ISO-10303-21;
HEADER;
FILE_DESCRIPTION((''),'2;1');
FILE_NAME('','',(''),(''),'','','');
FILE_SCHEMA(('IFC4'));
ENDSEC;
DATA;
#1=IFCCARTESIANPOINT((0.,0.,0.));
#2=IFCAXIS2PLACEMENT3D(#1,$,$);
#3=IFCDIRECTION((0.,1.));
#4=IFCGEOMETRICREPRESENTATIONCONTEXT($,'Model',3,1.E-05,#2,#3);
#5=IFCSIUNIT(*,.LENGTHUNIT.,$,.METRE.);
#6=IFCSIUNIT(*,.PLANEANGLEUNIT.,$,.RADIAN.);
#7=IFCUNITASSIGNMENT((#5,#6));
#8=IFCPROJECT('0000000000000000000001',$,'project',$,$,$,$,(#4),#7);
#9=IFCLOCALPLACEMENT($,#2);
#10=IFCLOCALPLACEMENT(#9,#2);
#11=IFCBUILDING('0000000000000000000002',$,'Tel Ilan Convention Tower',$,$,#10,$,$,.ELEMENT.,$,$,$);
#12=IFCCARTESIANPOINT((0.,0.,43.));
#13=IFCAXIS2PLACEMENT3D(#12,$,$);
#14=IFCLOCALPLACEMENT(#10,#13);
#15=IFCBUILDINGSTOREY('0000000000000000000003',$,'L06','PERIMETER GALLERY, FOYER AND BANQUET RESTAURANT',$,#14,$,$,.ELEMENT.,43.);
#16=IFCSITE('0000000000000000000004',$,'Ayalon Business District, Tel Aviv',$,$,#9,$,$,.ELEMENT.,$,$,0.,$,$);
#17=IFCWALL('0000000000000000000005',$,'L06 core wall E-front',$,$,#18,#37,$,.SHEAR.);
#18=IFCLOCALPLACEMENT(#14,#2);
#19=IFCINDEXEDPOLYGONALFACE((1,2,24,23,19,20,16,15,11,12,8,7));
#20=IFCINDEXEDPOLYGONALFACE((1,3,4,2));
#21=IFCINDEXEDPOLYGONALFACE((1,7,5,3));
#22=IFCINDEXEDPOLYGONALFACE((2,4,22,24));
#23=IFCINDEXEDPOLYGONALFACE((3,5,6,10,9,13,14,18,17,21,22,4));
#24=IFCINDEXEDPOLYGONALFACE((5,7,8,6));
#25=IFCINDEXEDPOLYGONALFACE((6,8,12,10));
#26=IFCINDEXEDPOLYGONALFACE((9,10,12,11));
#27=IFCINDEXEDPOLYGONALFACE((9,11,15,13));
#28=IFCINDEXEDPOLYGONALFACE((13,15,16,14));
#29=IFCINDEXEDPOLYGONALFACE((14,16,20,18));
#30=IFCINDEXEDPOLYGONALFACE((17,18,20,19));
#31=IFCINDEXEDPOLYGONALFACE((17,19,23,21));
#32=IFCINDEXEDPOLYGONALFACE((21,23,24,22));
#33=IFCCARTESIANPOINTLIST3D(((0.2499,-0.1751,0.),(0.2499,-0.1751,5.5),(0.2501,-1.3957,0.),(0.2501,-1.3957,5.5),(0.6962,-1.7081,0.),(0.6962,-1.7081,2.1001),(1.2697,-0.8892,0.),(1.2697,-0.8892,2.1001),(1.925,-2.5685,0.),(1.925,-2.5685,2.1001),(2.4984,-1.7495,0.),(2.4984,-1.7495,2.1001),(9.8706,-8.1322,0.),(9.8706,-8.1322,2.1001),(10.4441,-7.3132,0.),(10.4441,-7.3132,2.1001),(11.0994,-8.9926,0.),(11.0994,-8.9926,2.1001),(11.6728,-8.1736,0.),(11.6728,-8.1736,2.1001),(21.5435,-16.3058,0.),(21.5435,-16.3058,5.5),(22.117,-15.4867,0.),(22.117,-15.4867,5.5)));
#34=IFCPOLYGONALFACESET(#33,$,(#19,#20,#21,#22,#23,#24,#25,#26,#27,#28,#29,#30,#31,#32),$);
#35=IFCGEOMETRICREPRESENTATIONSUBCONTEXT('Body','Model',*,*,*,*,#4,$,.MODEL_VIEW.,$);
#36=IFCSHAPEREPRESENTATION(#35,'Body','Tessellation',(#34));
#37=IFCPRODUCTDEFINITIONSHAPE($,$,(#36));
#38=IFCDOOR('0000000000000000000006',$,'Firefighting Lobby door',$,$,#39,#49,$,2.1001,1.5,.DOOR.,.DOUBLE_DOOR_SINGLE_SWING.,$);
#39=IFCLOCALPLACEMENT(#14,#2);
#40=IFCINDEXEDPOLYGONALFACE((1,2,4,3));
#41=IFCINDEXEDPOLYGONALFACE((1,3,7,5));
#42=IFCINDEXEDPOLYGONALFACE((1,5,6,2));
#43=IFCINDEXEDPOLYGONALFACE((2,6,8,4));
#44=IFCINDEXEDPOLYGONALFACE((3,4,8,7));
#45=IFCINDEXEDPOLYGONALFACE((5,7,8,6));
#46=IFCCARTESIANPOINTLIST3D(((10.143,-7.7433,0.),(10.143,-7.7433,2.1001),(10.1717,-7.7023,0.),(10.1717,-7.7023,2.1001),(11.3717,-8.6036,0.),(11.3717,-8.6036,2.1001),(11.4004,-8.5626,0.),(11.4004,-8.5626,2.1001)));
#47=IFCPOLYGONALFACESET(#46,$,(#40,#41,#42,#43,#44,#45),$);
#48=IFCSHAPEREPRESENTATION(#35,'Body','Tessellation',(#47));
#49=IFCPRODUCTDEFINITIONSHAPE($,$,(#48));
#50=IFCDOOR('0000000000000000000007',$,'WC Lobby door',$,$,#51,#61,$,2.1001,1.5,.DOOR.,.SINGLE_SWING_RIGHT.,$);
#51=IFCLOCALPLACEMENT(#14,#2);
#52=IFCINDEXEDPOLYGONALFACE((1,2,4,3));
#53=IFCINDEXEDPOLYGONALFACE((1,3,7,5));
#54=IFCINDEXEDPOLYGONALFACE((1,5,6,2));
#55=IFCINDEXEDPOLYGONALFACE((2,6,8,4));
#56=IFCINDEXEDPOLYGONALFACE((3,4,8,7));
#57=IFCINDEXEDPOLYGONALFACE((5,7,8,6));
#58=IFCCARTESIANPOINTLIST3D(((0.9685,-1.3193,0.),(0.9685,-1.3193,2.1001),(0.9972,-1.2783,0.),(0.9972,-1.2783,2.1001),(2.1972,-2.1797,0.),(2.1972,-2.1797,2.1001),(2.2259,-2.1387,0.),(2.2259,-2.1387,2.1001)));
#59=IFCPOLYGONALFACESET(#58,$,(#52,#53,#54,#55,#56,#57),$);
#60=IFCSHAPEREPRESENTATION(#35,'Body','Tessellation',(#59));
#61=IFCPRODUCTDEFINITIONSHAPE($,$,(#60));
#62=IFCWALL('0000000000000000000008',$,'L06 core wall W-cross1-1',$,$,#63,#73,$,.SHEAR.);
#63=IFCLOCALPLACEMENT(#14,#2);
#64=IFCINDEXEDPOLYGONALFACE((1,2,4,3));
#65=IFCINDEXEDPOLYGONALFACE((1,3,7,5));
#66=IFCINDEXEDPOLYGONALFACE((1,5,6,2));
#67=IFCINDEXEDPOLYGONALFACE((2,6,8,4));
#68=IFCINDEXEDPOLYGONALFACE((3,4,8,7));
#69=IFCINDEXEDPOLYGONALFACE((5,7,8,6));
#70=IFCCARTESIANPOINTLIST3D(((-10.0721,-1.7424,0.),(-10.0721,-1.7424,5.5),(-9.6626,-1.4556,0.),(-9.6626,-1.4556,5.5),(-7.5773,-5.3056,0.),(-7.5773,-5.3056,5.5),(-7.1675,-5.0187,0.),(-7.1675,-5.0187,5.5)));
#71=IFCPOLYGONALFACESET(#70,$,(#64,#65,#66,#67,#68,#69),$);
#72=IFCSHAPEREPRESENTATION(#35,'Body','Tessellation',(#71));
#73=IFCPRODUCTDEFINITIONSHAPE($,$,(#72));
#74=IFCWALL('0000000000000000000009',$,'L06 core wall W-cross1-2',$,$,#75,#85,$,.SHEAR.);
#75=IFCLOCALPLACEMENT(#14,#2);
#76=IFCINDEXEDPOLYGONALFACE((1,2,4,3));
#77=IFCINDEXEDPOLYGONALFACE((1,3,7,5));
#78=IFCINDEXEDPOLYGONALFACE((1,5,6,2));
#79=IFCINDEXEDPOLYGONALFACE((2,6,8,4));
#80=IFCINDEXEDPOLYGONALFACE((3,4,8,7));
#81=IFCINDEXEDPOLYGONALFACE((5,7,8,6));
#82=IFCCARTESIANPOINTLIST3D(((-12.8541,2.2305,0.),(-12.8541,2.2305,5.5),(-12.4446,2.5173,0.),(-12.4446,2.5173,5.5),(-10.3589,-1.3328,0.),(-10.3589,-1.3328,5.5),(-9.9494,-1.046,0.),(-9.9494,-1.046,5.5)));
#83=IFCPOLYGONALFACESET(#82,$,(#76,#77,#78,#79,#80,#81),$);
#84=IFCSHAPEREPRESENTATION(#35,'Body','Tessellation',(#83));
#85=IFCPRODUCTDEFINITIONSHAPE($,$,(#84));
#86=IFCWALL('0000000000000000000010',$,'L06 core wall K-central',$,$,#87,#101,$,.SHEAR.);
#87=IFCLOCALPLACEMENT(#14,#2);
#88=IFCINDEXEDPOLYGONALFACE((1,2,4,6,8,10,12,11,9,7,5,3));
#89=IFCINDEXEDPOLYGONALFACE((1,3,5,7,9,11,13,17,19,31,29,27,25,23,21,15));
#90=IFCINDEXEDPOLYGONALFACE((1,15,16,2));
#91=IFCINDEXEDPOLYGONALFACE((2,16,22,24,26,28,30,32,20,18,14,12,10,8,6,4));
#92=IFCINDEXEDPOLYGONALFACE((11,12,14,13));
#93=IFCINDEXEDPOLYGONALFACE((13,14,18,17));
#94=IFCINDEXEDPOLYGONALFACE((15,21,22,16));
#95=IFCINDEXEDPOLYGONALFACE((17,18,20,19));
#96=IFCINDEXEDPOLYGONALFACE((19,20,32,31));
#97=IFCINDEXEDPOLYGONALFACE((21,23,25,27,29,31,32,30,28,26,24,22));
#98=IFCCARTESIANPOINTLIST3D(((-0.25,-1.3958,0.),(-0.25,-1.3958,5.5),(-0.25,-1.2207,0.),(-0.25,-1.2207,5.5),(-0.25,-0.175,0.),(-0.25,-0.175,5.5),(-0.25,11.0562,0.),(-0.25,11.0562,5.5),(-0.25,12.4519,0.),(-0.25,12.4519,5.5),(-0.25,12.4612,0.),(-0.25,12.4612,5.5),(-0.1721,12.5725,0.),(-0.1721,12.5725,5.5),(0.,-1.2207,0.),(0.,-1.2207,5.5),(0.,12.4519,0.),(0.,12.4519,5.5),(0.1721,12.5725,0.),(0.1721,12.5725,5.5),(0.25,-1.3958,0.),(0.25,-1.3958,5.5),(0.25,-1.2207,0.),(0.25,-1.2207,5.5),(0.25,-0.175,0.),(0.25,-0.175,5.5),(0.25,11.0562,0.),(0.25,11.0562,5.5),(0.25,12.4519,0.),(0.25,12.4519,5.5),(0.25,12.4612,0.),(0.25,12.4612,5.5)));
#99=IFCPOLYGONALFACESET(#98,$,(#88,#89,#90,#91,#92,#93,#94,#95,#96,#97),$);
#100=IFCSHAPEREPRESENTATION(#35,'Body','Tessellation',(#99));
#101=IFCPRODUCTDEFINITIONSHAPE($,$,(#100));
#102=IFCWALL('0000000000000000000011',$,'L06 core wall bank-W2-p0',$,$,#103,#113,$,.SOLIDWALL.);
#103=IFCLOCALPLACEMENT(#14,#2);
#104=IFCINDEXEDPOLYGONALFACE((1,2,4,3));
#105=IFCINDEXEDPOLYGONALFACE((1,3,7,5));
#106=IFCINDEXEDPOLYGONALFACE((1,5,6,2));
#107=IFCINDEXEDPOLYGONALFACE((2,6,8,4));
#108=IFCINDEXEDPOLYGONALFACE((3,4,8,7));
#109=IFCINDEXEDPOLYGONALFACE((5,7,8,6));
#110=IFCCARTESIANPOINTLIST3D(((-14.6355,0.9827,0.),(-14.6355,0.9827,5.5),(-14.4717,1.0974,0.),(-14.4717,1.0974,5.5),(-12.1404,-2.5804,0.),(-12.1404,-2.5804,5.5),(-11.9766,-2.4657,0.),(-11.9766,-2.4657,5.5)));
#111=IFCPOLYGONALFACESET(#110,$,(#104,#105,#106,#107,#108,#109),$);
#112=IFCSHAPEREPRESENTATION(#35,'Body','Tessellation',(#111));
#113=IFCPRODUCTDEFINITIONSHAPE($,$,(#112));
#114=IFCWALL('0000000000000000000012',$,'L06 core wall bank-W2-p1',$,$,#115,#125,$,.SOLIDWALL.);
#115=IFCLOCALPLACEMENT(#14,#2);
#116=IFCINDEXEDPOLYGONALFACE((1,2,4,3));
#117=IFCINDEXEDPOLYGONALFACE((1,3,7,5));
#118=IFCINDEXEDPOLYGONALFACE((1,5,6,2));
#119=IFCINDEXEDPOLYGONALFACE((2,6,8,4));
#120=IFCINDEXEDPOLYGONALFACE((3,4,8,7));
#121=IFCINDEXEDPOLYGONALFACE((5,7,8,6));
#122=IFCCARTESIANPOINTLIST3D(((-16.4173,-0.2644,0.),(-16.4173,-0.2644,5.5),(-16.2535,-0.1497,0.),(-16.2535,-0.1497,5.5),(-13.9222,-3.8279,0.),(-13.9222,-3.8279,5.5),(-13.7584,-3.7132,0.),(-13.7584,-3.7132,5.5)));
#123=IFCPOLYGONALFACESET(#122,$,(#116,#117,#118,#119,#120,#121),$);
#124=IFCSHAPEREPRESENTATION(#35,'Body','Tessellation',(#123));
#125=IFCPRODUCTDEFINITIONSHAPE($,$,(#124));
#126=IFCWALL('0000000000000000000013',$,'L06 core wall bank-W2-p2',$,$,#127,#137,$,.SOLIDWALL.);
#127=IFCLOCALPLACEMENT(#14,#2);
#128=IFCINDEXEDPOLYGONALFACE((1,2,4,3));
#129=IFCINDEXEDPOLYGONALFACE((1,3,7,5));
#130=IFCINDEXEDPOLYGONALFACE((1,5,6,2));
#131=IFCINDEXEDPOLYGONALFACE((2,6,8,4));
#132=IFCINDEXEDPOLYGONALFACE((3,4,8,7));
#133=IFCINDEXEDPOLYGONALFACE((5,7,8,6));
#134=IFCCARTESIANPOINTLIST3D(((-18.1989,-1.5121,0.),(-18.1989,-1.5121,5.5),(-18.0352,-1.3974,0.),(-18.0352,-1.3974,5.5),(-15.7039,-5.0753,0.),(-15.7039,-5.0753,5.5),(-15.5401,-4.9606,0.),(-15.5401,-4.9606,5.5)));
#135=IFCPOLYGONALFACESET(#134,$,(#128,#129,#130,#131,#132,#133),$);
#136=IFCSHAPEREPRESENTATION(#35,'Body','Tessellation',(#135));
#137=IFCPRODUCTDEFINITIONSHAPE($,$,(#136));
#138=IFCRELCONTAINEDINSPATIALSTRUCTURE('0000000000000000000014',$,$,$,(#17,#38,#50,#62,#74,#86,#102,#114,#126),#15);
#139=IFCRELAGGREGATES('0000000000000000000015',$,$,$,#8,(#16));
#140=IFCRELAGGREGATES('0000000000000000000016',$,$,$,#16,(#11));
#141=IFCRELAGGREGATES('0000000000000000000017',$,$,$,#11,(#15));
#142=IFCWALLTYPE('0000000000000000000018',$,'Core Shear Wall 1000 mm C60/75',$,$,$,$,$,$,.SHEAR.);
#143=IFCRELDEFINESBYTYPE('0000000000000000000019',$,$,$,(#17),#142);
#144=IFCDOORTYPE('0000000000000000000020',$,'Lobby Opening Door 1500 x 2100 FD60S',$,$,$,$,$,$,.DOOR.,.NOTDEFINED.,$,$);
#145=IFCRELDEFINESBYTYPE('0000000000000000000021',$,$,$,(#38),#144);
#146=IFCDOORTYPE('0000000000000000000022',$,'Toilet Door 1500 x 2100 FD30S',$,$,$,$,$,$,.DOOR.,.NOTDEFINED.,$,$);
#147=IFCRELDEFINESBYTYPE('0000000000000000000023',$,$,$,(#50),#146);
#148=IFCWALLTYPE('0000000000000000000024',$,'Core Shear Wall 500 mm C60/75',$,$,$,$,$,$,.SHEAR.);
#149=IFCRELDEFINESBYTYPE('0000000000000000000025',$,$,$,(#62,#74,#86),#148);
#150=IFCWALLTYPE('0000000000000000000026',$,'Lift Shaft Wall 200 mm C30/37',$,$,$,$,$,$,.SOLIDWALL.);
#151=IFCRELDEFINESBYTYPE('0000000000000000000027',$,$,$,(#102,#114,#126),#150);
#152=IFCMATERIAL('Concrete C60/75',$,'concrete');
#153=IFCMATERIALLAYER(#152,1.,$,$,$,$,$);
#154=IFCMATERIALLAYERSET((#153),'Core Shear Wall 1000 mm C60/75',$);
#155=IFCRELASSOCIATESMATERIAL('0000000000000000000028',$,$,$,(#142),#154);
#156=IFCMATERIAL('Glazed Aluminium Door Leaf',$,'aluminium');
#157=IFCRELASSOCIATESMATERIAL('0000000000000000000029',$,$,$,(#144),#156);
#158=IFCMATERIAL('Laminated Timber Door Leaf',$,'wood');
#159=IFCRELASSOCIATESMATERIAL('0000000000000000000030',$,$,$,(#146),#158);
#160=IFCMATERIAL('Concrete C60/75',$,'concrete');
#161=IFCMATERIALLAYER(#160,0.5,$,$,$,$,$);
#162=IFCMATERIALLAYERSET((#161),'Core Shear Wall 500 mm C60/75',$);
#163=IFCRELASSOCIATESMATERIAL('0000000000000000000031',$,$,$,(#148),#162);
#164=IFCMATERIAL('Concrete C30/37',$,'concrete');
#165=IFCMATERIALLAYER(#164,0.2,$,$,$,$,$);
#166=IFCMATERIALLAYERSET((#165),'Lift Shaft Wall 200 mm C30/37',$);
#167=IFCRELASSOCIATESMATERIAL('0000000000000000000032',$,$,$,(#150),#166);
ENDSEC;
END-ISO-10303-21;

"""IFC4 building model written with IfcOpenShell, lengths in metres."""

from ifc_helpers import new_model, si_unit, direction, frame, frame_2d, origin, place, context, subcontext, project, spatial, polyline, rectangle, outline, extrude, material, layer, layer_set, type_object, element, fill, save


model = new_model("IFC4")

# Units and contexts
model_context = context("Model", 3, precision=1e-05, world=origin(), true_north=direction((0.0, 1.0)))
body_context = subcontext(model_context, "Body", "Model", "MODEL_VIEW")
ifc_project = project(units=[si_unit("LENGTHUNIT", "METRE"), si_unit("PLANEANGLEUNIT", "RADIAN")], contexts=[model_context])

# Site, building, storey
site_placement = place(None, origin())
site = spatial("IfcSite", under=ifc_project, at=site_placement, Name="Ayalon Business District, Tel Aviv", CompositionType="ELEMENT", RefElevation=0.0)
building_placement = place(site_placement, origin())
building = spatial("IfcBuilding", under=site, at=building_placement, Name="Tel Ilan Convention Tower", CompositionType="ELEMENT")
storey_placement = place(building_placement, frame((0.0, 0.0, 43.0)))
storey = spatial("IfcBuildingStorey", under=building, at=storey_placement, Name="L06", Description="PERIMETER GALLERY, FOYER AND BANQUET RESTAURANT", CompositionType="ELEMENT", Elevation=43.0)

# Wall, openings, doors
ifc_material_1 = material(Name="Concrete C60/75", Category="concrete")
ifc_layer_1 = layer(ifc_material_1, 1.0)
ifc_layer_set_1 = layer_set([ifc_layer_1], Name="Core Shear Wall 1000 mm C60/75")
wall_type_1 = type_object("IfcWallType", Name="Core Shear Wall 1000 mm C60/75", PredefinedType="SHEAR", material=ifc_layer_set_1)
wall_1_placement = place(storey_placement, frame((-0.0369, -0.5847, 0.0), z_axis=(0.0, 0.0, 1.0), x_axis=(0.819157, -0.573569, 0.0)))
wall_1 = element("IfcWall", 1, at=wall_1_placement, inside=storey, type_object=wall_type_1, Name="L06 core wall E-front", PredefinedType="SHEAR", context=body_context, shape_type="SweptSolid", body=[
    extrude(outline(polyline([(26.6948, 0.4998), (0.0, 0.5), (0.7002, -0.4998), (26.6948, -0.5002), (26.6948, 0.4998)])), origin(), (0.0, 0.0, 1.0), 5.5),
])
opening_1_placement = place(wall_1_placement, frame((1.2449, 0.0, 0.0)))
opening_1 = element("IfcOpeningElement", 2, at=opening_1_placement, cuts=wall_1, PredefinedType="OPENING", context=body_context, shape_type="SweptSolid", body=[
    extrude(rectangle(XDim=1.5, YDim=2.1001, at=frame_2d((0.75, 1.05))), frame((0.0, 0.51, 0.0), z_axis=(0.0, -1.0, 0.0), x_axis=(1.0, 0.0, 0.0)), (0.0, 0.0, 1.0), 1.02),
])
opening_2_placement = place(wall_1_placement, frame((12.4448, 0.0, 0.0)))
opening_2 = element("IfcOpeningElement", 3, at=opening_2_placement, cuts=wall_1, PredefinedType="OPENING", context=body_context, shape_type="SweptSolid", body=[
    extrude(rectangle(XDim=1.5, YDim=2.1001, at=frame_2d((0.75, 1.05))), frame((0.0, 0.51, 0.0), z_axis=(0.0, -1.0, 0.0), x_axis=(1.0, 0.0, 0.0)), (0.0, 0.0, 1.0), 1.02),
])
ifc_material_2 = material(Name="Glazed Aluminium Door Leaf", Category="aluminium")
door_type_1 = type_object("IfcDoorType", Name="Lobby Opening Door 1500 x 2100 FD60S", OperationType="NOTDEFINED", PredefinedType="DOOR", material=ifc_material_2)
door_1_placement = place(opening_2_placement, origin())
door_1 = element("IfcDoor", 4, at=door_1_placement, inside=storey, type_object=door_type_1, Name="Firefighting Lobby door", OperationType="DOUBLE_DOOR_SINGLE_SWING", OverallHeight=2.1001, OverallWidth=1.5, PredefinedType="DOOR", context=body_context, shape_type="SweptSolid", body=[
    extrude(rectangle(XDim=1.5, YDim=2.1001, at=frame_2d((0.75, 1.05))), frame((0.0, 0.0249, 0.0), z_axis=(0.0, -1.0, 0.0), x_axis=(1.0, 0.0, 0.0)), (0.0, 0.0, 1.0), 0.05),
])
fill(opening_2, door_1)
ifc_material_3 = material(Name="Laminated Timber Door Leaf", Category="wood")
door_type_2 = type_object("IfcDoorType", Name="Toilet Door 1500 x 2100 FD30S", OperationType="NOTDEFINED", PredefinedType="DOOR", material=ifc_material_3)
door_2_placement = place(opening_1_placement, origin())
door_2 = element("IfcDoor", 5, at=door_2_placement, inside=storey, type_object=door_type_2, Name="WC Lobby door", OperationType="SINGLE_SWING_RIGHT", OverallHeight=2.1001, OverallWidth=1.5, PredefinedType="DOOR", context=body_context, shape_type="SweptSolid", body=[
    extrude(rectangle(XDim=1.5, YDim=2.1001, at=frame_2d((0.75, 1.05))), frame((0.0, 0.0249, 0.0), z_axis=(0.0, -1.0, 0.0), x_axis=(1.0, 0.0, 0.0)), (0.0, 0.0, 1.0), 0.05),
])
fill(opening_1, door_2)

# Walls
ifc_material_4 = material(Name="Concrete C60/75", Category="concrete")
ifc_layer_2 = layer(ifc_material_4, 0.5)
ifc_layer_set_2 = layer_set([ifc_layer_2], Name="Core Shear Wall 500 mm C60/75")
wall_type_2 = type_object("IfcWallType", Name="Core Shear Wall 500 mm C60/75", PredefinedType="SHEAR", material=ifc_layer_set_2)
wall_2_placement = place(storey_placement, frame((-7.3723, -5.1621, 0.0), z_axis=(0.0, 0.0, 1.0), x_axis=(-0.573594, 0.81914, 0.0)))
element("IfcWall", 6, at=wall_2_placement, inside=storey, type_object=wall_type_2, Name="L06 core wall W-cross1-1", PredefinedType="SHEAR", context=body_context, shape_type="SweptSolid", body=[
    extrude(outline(polyline([(4.3499, 0.25), (0.0, 0.2502), (0.0, -0.25), (4.3499, -0.25), (4.3499, 0.25)])), origin(), (0.0, 0.0, 1.0), 5.5),
])
wall_3_placement = place(storey_placement, frame((-10.1543, -1.1892, 0.0), z_axis=(0.0, 0.0, 1.0), x_axis=(-0.573594, 0.81914, 0.0)))
element("IfcWall", 7, at=wall_3_placement, inside=storey, type_object=wall_type_2, Name="L06 core wall W-cross1-2", PredefinedType="SHEAR", context=body_context, shape_type="SweptSolid", body=[
    extrude(outline(polyline([(4.3499, -0.25), (4.3499, 0.25), (-0.0002, 0.25), (-0.0002, -0.25), (4.3499, -0.25)])), origin(), (0.0, 0.0, 1.0), 5.5),
])
wall_4_placement = place(storey_placement, frame((0.0, -1.3958, 0.0), z_axis=(0.0, 0.0, 1.0), x_axis=(0.0, 1.0, 0.0)))
element("IfcWall", 8, at=wall_4_placement, inside=storey, type_object=wall_type_2, Name="L06 core wall K-central", PredefinedType="SHEAR", context=body_context, shape_type="SweptSolid", body=[
    extrude(outline(polyline([(0.0, -0.25), (0.175, -0.25), (1.2207, -0.25), (12.4519, -0.25), (13.8477, -0.25), (13.8569, -0.25), (13.9683, -0.1721), (13.8477, 0.0), (13.9683, 0.1721), (13.8569, 0.25), (13.8477, 0.25), (12.4519, 0.25), (1.2207, 0.25), (0.175, 0.25), (0.0, 0.25), (0.175, 0.0), (0.0, -0.25)])), origin(), (0.0, 0.0, 1.0), 5.5),
])
ifc_material_5 = material(Name="Concrete C30/37", Category="concrete")
ifc_layer_3 = layer(ifc_material_5, 0.2)
ifc_layer_set_3 = layer_set([ifc_layer_3], Name="Lift Shaft Wall 200 mm C30/37")
wall_type_3 = type_object("IfcWallType", Name="Lift Shaft Wall 200 mm C30/37", PredefinedType="SOLIDWALL", material=ifc_layer_set_3)
wall_5_placement = place(storey_placement, frame((-12.0586, -2.5229, 0.0), z_axis=(0.0, 0.0, 1.0), x_axis=(-0.573594, 0.81914, 0.0)))
element("IfcWall", 9, at=wall_5_placement, inside=storey, type_object=wall_type_3, Name="L06 core wall bank-W2-p0", PredefinedType="SOLIDWALL", context=body_context, shape_type="SweptSolid", body=[
    extrude(rectangle(XDim=4.3499, YDim=0.2, at=frame_2d((2.1748, 0.0))), origin(), (0.0, 0.0, 1.0), 5.5),
])
wall_6_placement = place(storey_placement, frame((-13.8403, -3.7705, 0.0), z_axis=(0.0, 0.0, 1.0), x_axis=(-0.573568, 0.819158, 0.0)))
element("IfcWall", 10, at=wall_6_placement, inside=storey, type_object=wall_type_3, Name="L06 core wall bank-W2-p1", PredefinedType="SOLIDWALL", context=body_context, shape_type="SweptSolid", body=[
    extrude(rectangle(XDim=4.3501, YDim=0.2, at=frame_2d((2.175, 0.0))), origin(), (0.0, 0.0, 1.0), 5.5),
])
wall_7_placement = place(storey_placement, frame((-15.6221, -5.0178, 0.0), z_axis=(0.0, 0.0, 1.0), x_axis=(-0.573594, 0.81914, 0.0)))
element("IfcWall", 11, at=wall_7_placement, inside=storey, type_object=wall_type_3, Name="L06 core wall bank-W2-p2", PredefinedType="SOLIDWALL", context=body_context, shape_type="SweptSolid", body=[
    extrude(rectangle(XDim=4.3499, YDim=0.2, at=frame_2d((2.1748, 0.0))), origin(), (0.0, 0.0, 1.0), 5.5),
])

save(model, "model.ifc")
